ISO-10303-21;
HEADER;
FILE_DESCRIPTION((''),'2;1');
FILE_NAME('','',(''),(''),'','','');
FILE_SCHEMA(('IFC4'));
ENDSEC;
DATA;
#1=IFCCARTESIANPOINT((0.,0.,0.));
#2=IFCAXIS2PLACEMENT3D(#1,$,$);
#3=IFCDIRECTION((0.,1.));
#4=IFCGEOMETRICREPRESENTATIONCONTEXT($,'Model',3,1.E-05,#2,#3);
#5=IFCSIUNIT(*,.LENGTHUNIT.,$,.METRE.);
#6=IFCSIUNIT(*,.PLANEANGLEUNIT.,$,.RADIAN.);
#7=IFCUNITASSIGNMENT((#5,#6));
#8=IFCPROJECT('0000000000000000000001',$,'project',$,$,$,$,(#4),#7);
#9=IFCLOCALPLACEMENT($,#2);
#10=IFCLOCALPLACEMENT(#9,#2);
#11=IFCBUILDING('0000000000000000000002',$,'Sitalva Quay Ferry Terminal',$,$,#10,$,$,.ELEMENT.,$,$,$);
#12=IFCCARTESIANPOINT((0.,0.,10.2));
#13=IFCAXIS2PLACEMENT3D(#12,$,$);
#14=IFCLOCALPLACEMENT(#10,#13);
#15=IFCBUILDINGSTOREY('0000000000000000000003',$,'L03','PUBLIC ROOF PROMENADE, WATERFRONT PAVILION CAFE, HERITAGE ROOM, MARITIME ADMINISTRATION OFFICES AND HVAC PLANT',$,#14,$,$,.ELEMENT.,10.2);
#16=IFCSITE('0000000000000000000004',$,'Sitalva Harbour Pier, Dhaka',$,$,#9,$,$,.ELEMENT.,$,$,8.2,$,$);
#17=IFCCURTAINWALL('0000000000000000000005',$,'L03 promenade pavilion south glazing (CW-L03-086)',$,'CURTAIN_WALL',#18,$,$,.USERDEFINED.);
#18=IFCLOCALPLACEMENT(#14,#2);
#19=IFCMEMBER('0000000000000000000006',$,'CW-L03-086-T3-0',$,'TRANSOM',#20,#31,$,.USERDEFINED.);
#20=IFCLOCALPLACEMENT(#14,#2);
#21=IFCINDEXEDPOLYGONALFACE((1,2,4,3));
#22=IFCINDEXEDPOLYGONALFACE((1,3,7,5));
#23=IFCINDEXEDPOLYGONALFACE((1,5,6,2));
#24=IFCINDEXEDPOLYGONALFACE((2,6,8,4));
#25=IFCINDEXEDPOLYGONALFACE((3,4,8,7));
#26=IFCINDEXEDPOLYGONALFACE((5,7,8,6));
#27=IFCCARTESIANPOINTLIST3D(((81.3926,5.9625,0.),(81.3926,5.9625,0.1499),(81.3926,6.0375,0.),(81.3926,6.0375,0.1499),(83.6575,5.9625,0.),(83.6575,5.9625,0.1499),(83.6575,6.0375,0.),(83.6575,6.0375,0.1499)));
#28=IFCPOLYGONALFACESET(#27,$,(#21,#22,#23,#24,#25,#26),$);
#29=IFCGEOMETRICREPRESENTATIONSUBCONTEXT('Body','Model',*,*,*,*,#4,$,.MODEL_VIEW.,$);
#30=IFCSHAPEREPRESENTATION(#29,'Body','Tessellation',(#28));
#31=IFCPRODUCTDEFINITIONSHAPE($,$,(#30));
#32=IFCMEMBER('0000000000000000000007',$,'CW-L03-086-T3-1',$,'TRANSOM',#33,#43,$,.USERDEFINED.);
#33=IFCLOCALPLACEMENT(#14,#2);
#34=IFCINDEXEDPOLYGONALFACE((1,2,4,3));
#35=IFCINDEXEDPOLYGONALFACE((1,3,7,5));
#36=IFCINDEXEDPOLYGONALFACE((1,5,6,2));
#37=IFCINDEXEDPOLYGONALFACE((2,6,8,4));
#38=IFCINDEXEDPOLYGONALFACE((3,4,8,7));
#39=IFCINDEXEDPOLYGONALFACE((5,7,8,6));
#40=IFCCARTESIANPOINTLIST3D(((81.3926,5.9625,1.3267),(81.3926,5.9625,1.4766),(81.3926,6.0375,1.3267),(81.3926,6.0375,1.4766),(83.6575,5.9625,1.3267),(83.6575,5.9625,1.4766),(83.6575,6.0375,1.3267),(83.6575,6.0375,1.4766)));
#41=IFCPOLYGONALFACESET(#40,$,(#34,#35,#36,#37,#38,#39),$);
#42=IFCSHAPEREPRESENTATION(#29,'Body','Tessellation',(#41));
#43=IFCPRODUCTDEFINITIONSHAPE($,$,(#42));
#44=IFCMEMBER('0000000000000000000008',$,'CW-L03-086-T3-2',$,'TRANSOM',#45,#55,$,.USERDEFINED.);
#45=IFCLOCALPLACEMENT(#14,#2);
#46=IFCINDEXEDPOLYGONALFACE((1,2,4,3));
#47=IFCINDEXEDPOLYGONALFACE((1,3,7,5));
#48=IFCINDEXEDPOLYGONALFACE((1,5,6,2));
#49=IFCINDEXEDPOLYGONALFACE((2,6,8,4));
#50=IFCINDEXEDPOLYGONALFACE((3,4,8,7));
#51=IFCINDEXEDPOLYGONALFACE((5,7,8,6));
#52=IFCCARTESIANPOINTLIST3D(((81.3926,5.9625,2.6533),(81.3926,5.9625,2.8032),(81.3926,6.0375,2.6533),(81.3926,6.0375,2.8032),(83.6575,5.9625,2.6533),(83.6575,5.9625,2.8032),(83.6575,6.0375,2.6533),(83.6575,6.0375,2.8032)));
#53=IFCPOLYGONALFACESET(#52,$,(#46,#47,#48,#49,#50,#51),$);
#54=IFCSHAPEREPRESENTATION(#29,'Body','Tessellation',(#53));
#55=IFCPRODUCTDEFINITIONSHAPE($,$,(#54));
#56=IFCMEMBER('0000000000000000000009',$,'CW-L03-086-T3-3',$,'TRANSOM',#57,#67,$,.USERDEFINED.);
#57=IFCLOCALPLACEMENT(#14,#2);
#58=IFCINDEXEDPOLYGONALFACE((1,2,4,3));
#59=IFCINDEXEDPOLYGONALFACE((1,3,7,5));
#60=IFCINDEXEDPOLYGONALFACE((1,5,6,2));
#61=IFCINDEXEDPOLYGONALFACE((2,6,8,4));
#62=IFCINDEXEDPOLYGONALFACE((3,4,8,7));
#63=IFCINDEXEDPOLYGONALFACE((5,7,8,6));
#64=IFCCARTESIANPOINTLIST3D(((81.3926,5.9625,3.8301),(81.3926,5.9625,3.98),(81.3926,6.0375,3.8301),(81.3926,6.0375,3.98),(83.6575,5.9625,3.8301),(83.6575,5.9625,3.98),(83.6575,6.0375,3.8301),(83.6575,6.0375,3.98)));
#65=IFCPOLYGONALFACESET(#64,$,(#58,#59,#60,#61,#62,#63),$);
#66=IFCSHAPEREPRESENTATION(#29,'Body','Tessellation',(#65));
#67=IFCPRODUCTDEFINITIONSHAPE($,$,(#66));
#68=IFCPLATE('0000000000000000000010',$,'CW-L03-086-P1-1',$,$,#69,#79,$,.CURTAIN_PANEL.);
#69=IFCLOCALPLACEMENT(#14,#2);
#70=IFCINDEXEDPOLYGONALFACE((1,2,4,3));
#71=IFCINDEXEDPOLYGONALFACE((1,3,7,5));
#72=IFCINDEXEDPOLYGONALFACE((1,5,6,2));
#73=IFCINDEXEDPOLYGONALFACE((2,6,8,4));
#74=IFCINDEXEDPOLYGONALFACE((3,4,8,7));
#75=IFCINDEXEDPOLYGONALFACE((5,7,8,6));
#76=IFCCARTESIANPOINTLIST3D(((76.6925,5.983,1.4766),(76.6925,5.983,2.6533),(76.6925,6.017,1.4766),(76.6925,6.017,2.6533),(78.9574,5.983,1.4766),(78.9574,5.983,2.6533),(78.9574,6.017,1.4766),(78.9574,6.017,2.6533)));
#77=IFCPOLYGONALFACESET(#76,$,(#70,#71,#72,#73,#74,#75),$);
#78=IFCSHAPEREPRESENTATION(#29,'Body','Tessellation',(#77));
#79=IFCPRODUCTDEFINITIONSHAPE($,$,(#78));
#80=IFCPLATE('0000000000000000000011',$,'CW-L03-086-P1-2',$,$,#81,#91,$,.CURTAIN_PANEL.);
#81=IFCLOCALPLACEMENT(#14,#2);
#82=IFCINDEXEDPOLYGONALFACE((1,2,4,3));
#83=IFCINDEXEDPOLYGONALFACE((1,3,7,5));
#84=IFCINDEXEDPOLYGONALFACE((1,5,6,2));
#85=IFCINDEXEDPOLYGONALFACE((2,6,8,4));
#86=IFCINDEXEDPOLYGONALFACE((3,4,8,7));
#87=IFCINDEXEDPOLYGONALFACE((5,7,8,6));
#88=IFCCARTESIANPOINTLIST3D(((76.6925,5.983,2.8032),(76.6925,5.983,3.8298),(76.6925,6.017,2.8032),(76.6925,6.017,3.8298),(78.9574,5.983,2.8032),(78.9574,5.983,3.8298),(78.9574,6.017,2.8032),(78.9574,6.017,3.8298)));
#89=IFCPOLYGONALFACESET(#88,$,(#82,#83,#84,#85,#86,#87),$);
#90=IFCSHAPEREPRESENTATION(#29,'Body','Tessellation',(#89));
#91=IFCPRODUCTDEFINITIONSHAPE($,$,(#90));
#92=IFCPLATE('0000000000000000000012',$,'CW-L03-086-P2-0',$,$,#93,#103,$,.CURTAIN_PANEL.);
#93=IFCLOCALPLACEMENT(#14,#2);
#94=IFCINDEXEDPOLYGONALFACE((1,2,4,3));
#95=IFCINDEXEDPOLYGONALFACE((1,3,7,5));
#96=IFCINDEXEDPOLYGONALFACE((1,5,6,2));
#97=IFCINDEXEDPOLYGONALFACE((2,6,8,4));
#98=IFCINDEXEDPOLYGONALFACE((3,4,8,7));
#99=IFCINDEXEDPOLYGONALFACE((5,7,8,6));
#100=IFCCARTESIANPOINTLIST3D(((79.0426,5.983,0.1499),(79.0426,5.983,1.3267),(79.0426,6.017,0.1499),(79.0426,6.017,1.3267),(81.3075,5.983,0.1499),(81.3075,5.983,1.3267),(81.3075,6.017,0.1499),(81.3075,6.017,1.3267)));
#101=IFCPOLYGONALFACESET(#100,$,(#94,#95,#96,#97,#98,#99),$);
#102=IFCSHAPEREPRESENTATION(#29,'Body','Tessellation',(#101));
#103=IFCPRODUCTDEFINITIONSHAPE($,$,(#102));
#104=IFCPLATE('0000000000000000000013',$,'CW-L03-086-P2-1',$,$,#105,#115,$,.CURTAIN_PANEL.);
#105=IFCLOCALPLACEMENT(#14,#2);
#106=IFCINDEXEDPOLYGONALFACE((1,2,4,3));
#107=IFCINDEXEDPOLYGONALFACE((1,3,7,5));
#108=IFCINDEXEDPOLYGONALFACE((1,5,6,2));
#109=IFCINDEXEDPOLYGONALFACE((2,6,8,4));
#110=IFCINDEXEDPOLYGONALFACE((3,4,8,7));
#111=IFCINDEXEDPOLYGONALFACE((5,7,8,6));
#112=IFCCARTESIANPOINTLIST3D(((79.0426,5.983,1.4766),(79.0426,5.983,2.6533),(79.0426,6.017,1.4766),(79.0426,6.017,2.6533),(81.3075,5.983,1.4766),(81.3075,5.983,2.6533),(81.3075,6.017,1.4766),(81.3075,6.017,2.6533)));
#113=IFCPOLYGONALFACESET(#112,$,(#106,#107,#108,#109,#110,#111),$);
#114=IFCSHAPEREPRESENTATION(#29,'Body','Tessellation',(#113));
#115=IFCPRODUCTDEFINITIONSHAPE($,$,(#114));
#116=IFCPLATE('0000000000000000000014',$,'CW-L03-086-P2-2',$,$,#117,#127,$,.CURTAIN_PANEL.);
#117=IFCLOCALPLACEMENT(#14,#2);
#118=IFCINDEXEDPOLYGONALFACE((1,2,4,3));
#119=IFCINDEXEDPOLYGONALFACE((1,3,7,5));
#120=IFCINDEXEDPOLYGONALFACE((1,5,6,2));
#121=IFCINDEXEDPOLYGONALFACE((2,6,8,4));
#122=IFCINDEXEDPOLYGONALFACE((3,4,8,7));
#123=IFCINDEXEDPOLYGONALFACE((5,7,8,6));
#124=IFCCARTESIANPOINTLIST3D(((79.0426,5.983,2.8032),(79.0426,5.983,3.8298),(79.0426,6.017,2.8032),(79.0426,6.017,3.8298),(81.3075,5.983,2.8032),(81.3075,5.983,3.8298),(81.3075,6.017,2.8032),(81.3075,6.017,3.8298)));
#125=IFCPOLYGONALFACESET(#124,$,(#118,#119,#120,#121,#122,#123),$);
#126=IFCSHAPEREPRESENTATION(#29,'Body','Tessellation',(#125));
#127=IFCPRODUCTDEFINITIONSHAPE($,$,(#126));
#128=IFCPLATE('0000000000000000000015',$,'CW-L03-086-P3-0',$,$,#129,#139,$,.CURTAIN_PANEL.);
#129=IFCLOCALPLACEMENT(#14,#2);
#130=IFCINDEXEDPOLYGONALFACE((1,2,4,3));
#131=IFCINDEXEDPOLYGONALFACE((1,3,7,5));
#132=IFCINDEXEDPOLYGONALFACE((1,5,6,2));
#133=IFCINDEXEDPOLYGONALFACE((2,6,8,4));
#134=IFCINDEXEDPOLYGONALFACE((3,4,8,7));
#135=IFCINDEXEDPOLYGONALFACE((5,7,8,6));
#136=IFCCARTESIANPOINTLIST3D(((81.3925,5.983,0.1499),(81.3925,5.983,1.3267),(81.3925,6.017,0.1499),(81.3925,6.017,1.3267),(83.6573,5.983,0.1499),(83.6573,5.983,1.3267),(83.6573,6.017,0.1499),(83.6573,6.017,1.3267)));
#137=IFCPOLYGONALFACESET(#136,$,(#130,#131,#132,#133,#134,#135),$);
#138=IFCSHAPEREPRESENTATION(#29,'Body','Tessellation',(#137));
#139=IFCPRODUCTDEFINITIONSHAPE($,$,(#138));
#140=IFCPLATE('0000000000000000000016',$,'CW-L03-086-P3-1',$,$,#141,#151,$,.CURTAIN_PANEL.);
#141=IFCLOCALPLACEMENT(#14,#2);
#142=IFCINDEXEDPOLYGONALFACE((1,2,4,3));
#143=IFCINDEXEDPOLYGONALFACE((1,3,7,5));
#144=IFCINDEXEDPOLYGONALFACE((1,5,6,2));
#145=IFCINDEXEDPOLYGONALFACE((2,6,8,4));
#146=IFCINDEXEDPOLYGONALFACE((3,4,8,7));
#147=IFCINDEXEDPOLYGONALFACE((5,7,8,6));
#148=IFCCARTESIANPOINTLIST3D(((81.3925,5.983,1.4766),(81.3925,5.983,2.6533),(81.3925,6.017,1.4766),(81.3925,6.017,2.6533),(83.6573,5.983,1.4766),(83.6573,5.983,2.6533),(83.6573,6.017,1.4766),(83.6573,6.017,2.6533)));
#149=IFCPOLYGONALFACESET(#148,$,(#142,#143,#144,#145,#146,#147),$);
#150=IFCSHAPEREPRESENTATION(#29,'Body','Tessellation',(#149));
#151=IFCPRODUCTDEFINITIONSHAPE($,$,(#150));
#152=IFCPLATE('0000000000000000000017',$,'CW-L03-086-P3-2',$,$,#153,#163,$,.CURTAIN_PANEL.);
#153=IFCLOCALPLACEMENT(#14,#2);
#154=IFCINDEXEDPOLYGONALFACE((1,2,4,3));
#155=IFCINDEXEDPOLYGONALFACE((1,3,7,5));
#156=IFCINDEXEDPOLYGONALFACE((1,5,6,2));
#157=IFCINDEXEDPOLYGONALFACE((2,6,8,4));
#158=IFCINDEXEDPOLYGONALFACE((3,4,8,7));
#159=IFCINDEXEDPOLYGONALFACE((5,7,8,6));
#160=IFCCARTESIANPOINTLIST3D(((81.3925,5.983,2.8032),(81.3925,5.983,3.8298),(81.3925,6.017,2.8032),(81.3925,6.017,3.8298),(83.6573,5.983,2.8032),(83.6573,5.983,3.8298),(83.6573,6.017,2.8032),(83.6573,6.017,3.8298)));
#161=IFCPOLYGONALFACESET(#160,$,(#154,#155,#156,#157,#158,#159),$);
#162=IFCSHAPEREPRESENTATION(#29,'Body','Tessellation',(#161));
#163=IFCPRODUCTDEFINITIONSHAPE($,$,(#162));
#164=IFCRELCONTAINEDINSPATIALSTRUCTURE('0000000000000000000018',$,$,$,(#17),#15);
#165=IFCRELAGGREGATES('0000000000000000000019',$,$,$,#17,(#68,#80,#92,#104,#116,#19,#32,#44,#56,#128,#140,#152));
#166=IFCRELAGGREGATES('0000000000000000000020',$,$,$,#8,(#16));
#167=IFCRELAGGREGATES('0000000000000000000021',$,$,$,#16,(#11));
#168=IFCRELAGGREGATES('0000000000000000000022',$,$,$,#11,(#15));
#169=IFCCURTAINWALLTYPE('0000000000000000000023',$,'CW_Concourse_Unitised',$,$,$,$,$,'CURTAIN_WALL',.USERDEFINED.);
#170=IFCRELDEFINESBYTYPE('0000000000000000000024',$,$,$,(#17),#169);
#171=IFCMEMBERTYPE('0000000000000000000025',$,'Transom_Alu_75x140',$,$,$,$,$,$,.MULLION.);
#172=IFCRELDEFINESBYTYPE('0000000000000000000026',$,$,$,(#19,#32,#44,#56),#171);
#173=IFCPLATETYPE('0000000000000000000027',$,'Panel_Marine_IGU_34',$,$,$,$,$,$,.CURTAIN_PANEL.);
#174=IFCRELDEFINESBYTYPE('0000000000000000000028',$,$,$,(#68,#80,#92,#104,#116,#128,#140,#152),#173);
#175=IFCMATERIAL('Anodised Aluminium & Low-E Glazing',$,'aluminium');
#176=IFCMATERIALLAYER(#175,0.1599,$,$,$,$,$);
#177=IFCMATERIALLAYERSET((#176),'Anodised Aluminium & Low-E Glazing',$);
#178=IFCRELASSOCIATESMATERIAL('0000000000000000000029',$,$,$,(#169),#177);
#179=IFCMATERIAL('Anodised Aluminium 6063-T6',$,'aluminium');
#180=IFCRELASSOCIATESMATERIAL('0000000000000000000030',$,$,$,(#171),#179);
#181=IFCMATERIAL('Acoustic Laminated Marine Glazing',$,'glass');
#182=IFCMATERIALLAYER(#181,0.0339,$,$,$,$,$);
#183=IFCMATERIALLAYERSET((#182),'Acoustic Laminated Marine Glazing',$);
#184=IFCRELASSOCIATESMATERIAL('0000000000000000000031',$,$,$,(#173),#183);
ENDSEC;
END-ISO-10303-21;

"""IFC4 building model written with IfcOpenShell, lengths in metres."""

from ifc_helpers import new_model, si_unit, direction, frame, origin, origin_2d, place, context, subcontext, project, spatial, rectangle, extrude, material, layer, layer_set, material_profile, profile_set, type_object, element, aggregate, save


model = new_model("IFC4")

# Units and contexts
model_context = context("Model", 3, precision=1e-05, world=origin(), true_north=direction((0.0, 1.0)))
body_context = subcontext(model_context, "Body", "Model", "MODEL_VIEW")
ifc_project = project(units=[si_unit("LENGTHUNIT", "METRE"), si_unit("PLANEANGLEUNIT", "RADIAN")], contexts=[model_context])

# Site, building, storey
site_placement = place(None, origin())
site = spatial("IfcSite", under=ifc_project, at=site_placement, Name="Sitalva Harbour Pier, Dhaka", CompositionType="ELEMENT", RefElevation=8.2)
building_placement = place(site_placement, origin())
building = spatial("IfcBuilding", under=site, at=building_placement, Name="Sitalva Quay Ferry Terminal", CompositionType="ELEMENT")
storey_placement = place(building_placement, frame((0.0, 0.0, 10.2)))
storey = spatial("IfcBuildingStorey", under=building, at=storey_placement, Name="L03", Description="PUBLIC ROOF PROMENADE, WATERFRONT PAVILION CAFE, HERITAGE ROOM, MARITIME ADMINISTRATION OFFICES AND HVAC PLANT", CompositionType="ELEMENT", Elevation=10.2)

# Curtain wall, members, plates
ifc_material_1 = material(Name="Anodised Aluminium & Low-E Glazing", Category="aluminium")
ifc_layer_1 = layer(ifc_material_1, 0.1599)
ifc_layer_set_1 = layer_set([ifc_layer_1], Name="Anodised Aluminium & Low-E Glazing")
curtain_wall_type = type_object("IfcCurtainWallType", Name="CW_Concourse_Unitised", ElementType="CURTAIN_WALL", PredefinedType="USERDEFINED", material=ifc_layer_set_1)
curtain_wall_placement = place(storey_placement, origin())
curtain_wall = element("IfcCurtainWall", 1, at=curtain_wall_placement, inside=storey, type_object=curtain_wall_type, Name="L03 promenade pavilion south glazing (CW-L03-086)", ObjectType="CURTAIN_WALL", PredefinedType="USERDEFINED")
ifc_material_2 = material(Name="Anodised Aluminium 6063-T6", Category="aluminium")
ifc_material_profile_1 = material_profile(ifc_material_2, rectangle(XDim=0.075, YDim=0.1499, at=origin_2d()), Name="ALU75x150")
ifc_profile_set_1 = profile_set([ifc_material_profile_1], Name="Anodised Aluminium 6063-T6")
member_type_1 = type_object("IfcMemberType", Name="Transom_Alu_75x140", PredefinedType="MULLION", material=ifc_profile_set_1)
member_1_placement = place(storey_placement, frame((81.3926, 6.0, 0.075), z_axis=(1.0, 0.0, 0.0), x_axis=(0.0, 1.0, 0.0)))
member_1 = element("IfcMember", 2, at=member_1_placement, type_object=member_type_1, Name="CW-L03-086-T3-0", ObjectType="TRANSOM", PredefinedType="USERDEFINED", context=body_context, shape_type="SweptSolid", body=[
    extrude(rectangle(XDim=0.075, YDim=0.1499, at=origin_2d()), origin(), (0.0, 0.0, 1.0), 2.2649),
])
member_2_placement = place(storey_placement, frame((81.3926, 6.0, 1.4016), z_axis=(1.0, 0.0, 0.0), x_axis=(0.0, 1.0, 0.0)))
member_2 = element("IfcMember", 3, at=member_2_placement, type_object=member_type_1, Name="CW-L03-086-T3-1", ObjectType="TRANSOM", PredefinedType="USERDEFINED", context=body_context, shape_type="SweptSolid", body=[
    extrude(rectangle(XDim=0.075, YDim=0.1499, at=origin_2d()), origin(), (0.0, 0.0, 1.0), 2.2649),
])
member_3_placement = place(storey_placement, frame((81.3926, 6.0, 2.7283), z_axis=(1.0, 0.0, 0.0), x_axis=(0.0, 1.0, 0.0)))
member_3 = element("IfcMember", 4, at=member_3_placement, type_object=member_type_1, Name="CW-L03-086-T3-2", ObjectType="TRANSOM", PredefinedType="USERDEFINED", context=body_context, shape_type="SweptSolid", body=[
    extrude(rectangle(XDim=0.075, YDim=0.1499, at=origin_2d()), origin(), (0.0, 0.0, 1.0), 2.2649),
])
member_4_placement = place(storey_placement, frame((81.3926, 6.0, 3.905), z_axis=(1.0, 0.0, 0.0), x_axis=(0.0, 1.0, 0.0)))
member_4 = element("IfcMember", 5, at=member_4_placement, type_object=member_type_1, Name="CW-L03-086-T3-3", ObjectType="TRANSOM", PredefinedType="USERDEFINED", context=body_context, shape_type="SweptSolid", body=[
    extrude(rectangle(XDim=0.075, YDim=0.1499, at=origin_2d()), origin(), (0.0, 0.0, 1.0), 2.2649),
])
ifc_material_3 = material(Name="Acoustic Laminated Marine Glazing", Category="glass")
ifc_layer_2 = layer(ifc_material_3, 0.0339)
ifc_layer_set_2 = layer_set([ifc_layer_2], Name="Acoustic Laminated Marine Glazing")
plate_type = type_object("IfcPlateType", Name="Panel_Marine_IGU_34", PredefinedType="CURTAIN_PANEL", material=ifc_layer_set_2)
plate_1_placement = place(storey_placement, frame((77.825, 6.0, 1.4766), z_axis=(0.0, 0.0, 1.0), x_axis=(1.0, 0.0, 0.0)))
plate_1 = element("IfcPlate", 6, at=plate_1_placement, type_object=plate_type, Name="CW-L03-086-P1-1", PredefinedType="CURTAIN_PANEL", context=body_context, shape_type="SweptSolid", body=[
    extrude(rectangle(XDim=2.2649, YDim=0.0339, at=origin_2d()), origin(), (0.0, 0.0, 1.0), 1.1768),
])
plate_2_placement = place(storey_placement, frame((77.825, 6.0, 2.8032), z_axis=(0.0, 0.0, 1.0), x_axis=(1.0, 0.0, 0.0)))
plate_2 = element("IfcPlate", 7, at=plate_2_placement, type_object=plate_type, Name="CW-L03-086-P1-2", PredefinedType="CURTAIN_PANEL", context=body_context, shape_type="SweptSolid", body=[
    extrude(rectangle(XDim=2.2649, YDim=0.0339, at=origin_2d()), origin(), (0.0, 0.0, 1.0), 1.0266),
])
plate_3_placement = place(storey_placement, frame((80.175, 6.0, 0.1499), z_axis=(0.0, 0.0, 1.0), x_axis=(1.0, 0.0, 0.0)))
plate_3 = element("IfcPlate", 8, at=plate_3_placement, type_object=plate_type, Name="CW-L03-086-P2-0", PredefinedType="CURTAIN_PANEL", context=body_context, shape_type="SweptSolid", body=[
    extrude(rectangle(XDim=2.2649, YDim=0.0339, at=origin_2d()), origin(), (0.0, 0.0, 1.0), 1.1768),
])
plate_4_placement = place(storey_placement, frame((80.175, 6.0, 1.4766), z_axis=(0.0, 0.0, 1.0), x_axis=(1.0, 0.0, 0.0)))
plate_4 = element("IfcPlate", 9, at=plate_4_placement, type_object=plate_type, Name="CW-L03-086-P2-1", PredefinedType="CURTAIN_PANEL", context=body_context, shape_type="SweptSolid", body=[
    extrude(rectangle(XDim=2.2649, YDim=0.0339, at=origin_2d()), origin(), (0.0, 0.0, 1.0), 1.1768),
])
plate_5_placement = place(storey_placement, frame((80.175, 6.0, 2.8032), z_axis=(0.0, 0.0, 1.0), x_axis=(1.0, 0.0, 0.0)))
plate_5 = element("IfcPlate", 10, at=plate_5_placement, type_object=plate_type, Name="CW-L03-086-P2-2", PredefinedType="CURTAIN_PANEL", context=body_context, shape_type="SweptSolid", body=[
    extrude(rectangle(XDim=2.2649, YDim=0.0339, at=origin_2d()), origin(), (0.0, 0.0, 1.0), 1.0266),
])
plate_6_placement = place(storey_placement, frame((82.5249, 6.0, 0.1499), z_axis=(0.0, 0.0, 1.0), x_axis=(1.0, 0.0, 0.0)))
plate_6 = element("IfcPlate", 11, at=plate_6_placement, type_object=plate_type, Name="CW-L03-086-P3-0", PredefinedType="CURTAIN_PANEL", context=body_context, shape_type="SweptSolid", body=[
    extrude(rectangle(XDim=2.2649, YDim=0.0339, at=origin_2d()), origin(), (0.0, 0.0, 1.0), 1.1768),
])
plate_7_placement = place(storey_placement, frame((82.5249, 6.0, 1.4766), z_axis=(0.0, 0.0, 1.0), x_axis=(1.0, 0.0, 0.0)))
plate_7 = element("IfcPlate", 12, at=plate_7_placement, type_object=plate_type, Name="CW-L03-086-P3-1", PredefinedType="CURTAIN_PANEL", context=body_context, shape_type="SweptSolid", body=[
    extrude(rectangle(XDim=2.2649, YDim=0.0339, at=origin_2d()), origin(), (0.0, 0.0, 1.0), 1.1768),
])
plate_8_placement = place(storey_placement, frame((82.5249, 6.0, 2.8032), z_axis=(0.0, 0.0, 1.0), x_axis=(1.0, 0.0, 0.0)))
plate_8 = element("IfcPlate", 13, at=plate_8_placement, type_object=plate_type, Name="CW-L03-086-P3-2", PredefinedType="CURTAIN_PANEL", context=body_context, shape_type="SweptSolid", body=[
    extrude(rectangle(XDim=2.2649, YDim=0.0339, at=origin_2d()), origin(), (0.0, 0.0, 1.0), 1.0266),
])
aggregate(curtain_wall, [plate_1, plate_2, plate_3, plate_4, plate_5, member_1, member_2, member_3, member_4, plate_6, plate_7, plate_8])

save(model, "model.ifc")
